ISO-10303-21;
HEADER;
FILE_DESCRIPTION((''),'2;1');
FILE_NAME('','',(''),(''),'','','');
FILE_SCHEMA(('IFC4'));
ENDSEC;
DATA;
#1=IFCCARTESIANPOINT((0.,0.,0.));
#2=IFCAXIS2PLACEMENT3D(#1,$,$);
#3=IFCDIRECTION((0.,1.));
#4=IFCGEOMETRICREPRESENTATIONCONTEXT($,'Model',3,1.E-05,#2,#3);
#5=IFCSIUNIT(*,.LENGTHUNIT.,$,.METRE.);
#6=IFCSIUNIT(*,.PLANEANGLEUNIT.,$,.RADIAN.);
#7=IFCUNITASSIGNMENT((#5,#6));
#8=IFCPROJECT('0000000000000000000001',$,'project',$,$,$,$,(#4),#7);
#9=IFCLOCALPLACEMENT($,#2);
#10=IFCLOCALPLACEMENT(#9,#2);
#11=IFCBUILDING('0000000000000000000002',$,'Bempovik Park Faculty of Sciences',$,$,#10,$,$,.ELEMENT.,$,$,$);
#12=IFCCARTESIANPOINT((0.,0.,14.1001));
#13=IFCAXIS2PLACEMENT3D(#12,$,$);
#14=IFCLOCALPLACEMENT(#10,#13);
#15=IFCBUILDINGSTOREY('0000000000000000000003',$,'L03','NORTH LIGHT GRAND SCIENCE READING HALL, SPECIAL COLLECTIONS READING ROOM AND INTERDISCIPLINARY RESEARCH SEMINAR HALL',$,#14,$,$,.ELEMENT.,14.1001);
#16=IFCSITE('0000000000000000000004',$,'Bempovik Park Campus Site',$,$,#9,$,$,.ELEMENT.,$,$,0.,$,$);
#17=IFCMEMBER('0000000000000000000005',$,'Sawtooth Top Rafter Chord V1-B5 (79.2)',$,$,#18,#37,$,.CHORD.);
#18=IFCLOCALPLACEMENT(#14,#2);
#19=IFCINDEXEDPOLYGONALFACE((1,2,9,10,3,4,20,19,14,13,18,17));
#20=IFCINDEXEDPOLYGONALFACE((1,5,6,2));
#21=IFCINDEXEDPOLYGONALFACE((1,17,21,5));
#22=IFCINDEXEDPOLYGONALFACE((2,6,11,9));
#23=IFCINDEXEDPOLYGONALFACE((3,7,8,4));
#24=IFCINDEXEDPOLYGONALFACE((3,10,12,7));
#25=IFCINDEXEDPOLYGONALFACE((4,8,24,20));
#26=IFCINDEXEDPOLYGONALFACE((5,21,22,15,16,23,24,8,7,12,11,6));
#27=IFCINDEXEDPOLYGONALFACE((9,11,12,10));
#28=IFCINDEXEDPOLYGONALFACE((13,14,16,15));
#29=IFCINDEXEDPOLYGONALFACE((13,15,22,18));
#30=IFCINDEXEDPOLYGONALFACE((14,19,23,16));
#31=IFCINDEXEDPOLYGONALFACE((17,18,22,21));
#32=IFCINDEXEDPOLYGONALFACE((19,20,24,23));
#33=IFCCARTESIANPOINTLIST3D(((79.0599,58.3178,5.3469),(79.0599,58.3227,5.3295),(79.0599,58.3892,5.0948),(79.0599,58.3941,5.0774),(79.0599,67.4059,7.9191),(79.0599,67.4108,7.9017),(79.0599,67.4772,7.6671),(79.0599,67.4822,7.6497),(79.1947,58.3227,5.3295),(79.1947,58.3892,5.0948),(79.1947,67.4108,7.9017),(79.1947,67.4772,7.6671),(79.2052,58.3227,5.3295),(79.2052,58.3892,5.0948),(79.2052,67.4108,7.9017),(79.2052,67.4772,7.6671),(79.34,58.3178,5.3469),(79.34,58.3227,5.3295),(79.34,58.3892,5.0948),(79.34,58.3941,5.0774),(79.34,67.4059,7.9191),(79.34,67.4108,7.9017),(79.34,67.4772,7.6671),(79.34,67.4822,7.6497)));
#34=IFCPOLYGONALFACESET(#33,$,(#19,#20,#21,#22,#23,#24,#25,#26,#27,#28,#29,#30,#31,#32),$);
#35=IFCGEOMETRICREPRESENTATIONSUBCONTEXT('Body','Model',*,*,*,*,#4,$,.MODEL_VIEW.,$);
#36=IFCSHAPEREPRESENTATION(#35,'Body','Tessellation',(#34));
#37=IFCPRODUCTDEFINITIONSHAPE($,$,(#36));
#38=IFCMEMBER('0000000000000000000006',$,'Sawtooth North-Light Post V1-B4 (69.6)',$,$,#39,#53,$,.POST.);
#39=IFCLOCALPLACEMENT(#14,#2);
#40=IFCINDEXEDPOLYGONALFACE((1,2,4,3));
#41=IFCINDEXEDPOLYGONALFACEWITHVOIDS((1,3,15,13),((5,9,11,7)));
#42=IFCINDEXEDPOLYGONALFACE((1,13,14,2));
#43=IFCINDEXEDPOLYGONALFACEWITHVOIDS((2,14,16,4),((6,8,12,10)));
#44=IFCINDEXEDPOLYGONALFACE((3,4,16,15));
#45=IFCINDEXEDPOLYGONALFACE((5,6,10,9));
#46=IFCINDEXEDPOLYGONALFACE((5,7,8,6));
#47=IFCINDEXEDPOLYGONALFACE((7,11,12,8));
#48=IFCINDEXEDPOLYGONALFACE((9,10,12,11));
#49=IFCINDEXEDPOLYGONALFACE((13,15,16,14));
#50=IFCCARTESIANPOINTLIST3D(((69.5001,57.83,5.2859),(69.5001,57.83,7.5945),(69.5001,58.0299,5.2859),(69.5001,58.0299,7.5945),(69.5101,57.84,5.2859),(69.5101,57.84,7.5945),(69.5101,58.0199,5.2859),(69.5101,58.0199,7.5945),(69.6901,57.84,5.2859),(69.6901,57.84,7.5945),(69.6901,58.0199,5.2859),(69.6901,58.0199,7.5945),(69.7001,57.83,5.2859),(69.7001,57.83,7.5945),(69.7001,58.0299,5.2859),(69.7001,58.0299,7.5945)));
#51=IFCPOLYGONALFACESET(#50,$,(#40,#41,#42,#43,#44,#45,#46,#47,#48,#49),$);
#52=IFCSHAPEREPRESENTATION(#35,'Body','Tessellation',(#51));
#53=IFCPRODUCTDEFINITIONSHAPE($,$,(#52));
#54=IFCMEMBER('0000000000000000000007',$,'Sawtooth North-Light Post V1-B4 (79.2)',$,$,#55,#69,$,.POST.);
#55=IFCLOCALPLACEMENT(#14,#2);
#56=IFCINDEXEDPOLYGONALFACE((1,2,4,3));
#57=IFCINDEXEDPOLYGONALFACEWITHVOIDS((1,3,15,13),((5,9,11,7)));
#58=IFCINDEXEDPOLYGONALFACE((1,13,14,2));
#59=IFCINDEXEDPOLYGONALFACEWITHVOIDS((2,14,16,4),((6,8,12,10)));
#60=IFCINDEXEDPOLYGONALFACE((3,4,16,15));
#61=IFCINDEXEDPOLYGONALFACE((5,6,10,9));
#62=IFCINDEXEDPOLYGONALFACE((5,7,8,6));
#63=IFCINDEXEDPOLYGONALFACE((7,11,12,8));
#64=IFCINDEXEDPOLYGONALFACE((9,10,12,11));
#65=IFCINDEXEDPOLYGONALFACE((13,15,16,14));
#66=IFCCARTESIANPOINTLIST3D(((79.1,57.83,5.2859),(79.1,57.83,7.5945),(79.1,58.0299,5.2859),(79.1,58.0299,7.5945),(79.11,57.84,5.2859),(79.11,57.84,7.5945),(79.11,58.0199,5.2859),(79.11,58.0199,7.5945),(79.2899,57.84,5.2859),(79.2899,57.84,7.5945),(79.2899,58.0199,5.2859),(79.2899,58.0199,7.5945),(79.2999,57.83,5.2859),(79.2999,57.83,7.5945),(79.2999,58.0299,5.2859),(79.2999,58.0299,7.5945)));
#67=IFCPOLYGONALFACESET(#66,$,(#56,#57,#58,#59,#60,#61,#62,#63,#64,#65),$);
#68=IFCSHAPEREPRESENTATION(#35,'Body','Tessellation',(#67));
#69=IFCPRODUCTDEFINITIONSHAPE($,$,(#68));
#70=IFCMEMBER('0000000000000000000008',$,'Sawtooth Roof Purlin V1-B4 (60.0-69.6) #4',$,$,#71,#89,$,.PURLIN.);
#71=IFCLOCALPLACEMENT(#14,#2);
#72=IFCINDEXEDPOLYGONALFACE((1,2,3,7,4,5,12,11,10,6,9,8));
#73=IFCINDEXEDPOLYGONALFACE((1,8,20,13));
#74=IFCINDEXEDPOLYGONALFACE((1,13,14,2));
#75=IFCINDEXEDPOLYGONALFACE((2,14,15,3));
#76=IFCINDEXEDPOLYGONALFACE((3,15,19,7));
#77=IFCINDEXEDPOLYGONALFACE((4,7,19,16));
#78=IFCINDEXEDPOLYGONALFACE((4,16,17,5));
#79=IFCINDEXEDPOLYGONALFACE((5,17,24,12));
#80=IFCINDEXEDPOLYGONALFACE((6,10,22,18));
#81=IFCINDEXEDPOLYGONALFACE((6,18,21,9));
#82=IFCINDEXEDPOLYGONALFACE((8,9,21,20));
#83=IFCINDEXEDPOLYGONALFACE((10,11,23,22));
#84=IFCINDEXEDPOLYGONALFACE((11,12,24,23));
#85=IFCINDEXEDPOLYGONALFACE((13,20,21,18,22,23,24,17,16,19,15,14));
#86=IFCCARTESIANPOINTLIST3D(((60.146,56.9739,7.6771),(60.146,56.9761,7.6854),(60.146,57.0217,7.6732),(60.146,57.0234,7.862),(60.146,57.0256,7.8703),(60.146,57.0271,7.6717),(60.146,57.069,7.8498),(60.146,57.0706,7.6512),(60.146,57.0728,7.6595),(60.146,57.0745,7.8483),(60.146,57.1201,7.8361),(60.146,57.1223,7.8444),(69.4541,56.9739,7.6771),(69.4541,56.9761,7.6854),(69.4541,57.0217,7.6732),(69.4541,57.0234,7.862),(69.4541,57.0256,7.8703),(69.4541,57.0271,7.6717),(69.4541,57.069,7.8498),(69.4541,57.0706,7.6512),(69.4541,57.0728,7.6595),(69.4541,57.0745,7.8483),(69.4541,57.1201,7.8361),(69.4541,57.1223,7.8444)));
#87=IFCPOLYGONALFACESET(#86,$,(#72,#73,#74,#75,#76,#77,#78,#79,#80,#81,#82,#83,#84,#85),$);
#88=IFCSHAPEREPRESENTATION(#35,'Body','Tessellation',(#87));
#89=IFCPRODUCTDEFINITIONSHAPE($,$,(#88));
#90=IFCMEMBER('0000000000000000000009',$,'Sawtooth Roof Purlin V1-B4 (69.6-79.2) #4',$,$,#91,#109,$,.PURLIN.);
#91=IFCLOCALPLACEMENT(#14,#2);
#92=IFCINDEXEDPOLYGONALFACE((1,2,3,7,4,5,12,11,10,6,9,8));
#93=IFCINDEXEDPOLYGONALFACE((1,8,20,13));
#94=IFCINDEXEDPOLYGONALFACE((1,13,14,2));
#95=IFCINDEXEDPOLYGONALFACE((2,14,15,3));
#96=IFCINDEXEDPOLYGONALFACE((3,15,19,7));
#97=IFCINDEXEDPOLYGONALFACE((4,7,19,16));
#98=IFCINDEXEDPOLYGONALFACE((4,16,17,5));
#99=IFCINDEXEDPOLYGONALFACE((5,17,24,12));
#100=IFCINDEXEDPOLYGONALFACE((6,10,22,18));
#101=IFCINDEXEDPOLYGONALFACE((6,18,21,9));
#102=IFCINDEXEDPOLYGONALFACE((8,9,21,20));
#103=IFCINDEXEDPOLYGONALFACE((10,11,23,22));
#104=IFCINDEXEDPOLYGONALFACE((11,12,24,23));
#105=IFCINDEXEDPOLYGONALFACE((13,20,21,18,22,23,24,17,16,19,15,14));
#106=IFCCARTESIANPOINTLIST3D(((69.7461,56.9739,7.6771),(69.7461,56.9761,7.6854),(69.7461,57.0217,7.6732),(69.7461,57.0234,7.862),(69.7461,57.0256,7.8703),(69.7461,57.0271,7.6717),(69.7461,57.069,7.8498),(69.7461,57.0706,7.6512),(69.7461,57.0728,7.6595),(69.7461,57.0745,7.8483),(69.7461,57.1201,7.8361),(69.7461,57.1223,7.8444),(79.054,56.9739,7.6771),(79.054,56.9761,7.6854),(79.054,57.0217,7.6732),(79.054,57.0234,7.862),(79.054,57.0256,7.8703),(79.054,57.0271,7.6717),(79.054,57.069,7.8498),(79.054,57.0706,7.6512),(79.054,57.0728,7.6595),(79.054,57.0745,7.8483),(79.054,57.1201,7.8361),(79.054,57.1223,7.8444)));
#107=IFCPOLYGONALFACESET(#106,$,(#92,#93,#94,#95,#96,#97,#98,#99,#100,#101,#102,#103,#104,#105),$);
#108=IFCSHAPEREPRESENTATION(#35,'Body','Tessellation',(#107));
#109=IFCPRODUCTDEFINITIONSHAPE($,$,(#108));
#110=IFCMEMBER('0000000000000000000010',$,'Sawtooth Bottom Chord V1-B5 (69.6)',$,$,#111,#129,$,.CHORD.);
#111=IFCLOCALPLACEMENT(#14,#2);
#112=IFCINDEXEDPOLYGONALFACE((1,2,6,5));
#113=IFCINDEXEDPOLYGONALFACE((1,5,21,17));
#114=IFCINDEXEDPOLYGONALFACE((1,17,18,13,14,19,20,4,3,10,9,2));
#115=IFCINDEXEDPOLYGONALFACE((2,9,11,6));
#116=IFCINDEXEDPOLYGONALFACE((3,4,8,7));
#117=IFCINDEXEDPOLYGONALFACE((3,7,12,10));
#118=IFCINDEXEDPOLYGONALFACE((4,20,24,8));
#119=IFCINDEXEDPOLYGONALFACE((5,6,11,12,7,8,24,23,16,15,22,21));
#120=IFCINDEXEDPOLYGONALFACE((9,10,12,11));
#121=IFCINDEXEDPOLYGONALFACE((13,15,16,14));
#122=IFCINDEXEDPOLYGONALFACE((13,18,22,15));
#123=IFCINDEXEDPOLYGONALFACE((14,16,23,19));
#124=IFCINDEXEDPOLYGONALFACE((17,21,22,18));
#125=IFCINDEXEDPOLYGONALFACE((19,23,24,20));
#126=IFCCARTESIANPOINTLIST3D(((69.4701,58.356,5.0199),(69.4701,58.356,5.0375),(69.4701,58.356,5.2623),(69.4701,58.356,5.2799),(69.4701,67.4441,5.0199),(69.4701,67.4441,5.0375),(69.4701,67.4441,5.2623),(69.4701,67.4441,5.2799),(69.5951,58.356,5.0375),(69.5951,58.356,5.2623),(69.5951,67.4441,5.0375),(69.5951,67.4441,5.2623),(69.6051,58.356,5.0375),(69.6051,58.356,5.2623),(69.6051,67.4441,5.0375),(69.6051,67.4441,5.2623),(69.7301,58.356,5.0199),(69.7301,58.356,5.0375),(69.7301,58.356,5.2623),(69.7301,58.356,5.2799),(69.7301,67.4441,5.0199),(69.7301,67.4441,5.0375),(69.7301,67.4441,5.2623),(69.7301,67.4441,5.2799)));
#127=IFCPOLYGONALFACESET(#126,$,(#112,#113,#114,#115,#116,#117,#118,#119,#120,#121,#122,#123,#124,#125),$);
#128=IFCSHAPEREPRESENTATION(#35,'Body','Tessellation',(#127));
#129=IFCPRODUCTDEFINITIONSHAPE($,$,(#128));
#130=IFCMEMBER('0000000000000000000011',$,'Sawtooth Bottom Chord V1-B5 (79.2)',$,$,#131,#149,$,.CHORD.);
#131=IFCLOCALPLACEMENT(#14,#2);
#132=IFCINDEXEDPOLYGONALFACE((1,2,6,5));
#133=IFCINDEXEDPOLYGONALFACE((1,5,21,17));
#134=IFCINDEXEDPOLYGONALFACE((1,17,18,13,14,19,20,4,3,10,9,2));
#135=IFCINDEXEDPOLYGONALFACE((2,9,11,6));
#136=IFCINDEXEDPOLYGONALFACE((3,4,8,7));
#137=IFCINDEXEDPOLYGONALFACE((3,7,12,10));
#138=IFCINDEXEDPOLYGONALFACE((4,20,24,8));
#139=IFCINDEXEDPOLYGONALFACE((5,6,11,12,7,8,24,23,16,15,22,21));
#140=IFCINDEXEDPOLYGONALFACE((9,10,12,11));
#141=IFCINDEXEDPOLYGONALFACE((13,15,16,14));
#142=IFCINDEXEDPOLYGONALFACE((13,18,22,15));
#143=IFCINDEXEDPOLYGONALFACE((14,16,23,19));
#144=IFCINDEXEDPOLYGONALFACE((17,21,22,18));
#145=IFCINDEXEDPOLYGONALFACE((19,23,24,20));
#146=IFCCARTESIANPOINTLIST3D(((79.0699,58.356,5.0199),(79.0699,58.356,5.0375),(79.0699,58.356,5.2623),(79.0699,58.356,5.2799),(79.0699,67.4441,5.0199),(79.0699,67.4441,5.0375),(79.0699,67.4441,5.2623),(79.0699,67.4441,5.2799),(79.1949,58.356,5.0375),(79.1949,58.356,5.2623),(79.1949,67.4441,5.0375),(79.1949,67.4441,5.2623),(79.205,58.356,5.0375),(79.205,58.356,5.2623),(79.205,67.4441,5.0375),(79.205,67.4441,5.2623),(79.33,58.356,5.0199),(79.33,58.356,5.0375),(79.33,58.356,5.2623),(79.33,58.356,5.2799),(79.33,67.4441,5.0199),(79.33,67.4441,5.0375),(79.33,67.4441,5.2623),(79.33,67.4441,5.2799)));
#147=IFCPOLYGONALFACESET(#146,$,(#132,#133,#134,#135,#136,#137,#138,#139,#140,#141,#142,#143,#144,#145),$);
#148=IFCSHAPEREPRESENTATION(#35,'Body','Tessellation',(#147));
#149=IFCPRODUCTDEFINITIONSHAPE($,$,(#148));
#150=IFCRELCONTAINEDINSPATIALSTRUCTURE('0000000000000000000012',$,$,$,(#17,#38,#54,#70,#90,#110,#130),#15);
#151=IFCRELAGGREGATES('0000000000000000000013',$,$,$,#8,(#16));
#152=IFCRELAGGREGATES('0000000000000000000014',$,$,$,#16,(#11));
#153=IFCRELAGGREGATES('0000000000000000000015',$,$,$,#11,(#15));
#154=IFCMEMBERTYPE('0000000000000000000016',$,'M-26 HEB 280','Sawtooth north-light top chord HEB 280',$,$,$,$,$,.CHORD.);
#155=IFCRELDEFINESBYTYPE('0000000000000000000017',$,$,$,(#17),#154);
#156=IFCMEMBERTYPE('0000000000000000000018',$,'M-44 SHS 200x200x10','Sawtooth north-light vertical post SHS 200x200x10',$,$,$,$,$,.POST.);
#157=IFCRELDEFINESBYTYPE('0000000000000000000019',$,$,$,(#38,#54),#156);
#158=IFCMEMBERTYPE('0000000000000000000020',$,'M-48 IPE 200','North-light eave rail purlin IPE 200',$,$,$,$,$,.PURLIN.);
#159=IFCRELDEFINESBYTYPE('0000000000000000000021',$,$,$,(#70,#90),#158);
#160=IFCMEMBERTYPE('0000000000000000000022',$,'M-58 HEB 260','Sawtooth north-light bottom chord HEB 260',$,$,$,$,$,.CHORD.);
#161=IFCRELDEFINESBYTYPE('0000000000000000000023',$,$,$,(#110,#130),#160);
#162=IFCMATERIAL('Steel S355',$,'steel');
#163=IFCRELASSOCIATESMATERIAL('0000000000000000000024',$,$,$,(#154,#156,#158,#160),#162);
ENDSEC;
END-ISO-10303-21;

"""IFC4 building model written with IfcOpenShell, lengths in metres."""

from ifc_helpers import new_model, si_unit, direction, frame, origin, origin_2d, place, context, subcontext, project, spatial, hollow_rectangle, i_section, extrude, material, material_profile, profile_set, type_object, element, save


model = new_model("IFC4")

# Units and contexts
model_context = context("Model", 3, precision=1e-05, world=origin(), true_north=direction((0.0, 1.0)))
body_context = subcontext(model_context, "Body", "Model", "MODEL_VIEW")
ifc_project = project(units=[si_unit("LENGTHUNIT", "METRE"), si_unit("PLANEANGLEUNIT", "RADIAN")], contexts=[model_context])

# Site, building, storey
site_placement = place(None, origin())
site = spatial("IfcSite", under=ifc_project, at=site_placement, Name="Bempovik Park Campus Site", CompositionType="ELEMENT", RefElevation=0.0)
building_placement = place(site_placement, origin())
building = spatial("IfcBuilding", under=site, at=building_placement, Name="Bempovik Park Faculty of Sciences", CompositionType="ELEMENT")
storey_placement = place(building_placement, frame((0.0, 0.0, 14.1001)))
storey = spatial("IfcBuildingStorey", under=building, at=storey_placement, Name="L03", Description="NORTH LIGHT GRAND SCIENCE READING HALL, SPECIAL COLLECTIONS READING ROOM AND INTERDISCIPLINARY RESEARCH SEMINAR HALL", CompositionType="ELEMENT", Elevation=14.1001)

# Shared definitions
ifc_material_1 = material(Name="Steel S355", Category="steel")

# Members
ifc_material_profile_1 = material_profile(ifc_material_1, i_section(OverallWidth=0.28, OverallDepth=0.28, WebThickness=0.0105, FlangeThickness=0.0181, at=origin_2d()), Name="HEB 280")
ifc_profile_set_1 = profile_set([ifc_material_profile_1], Name="Steel S355")
member_type_1 = type_object("IfcMemberType", Name="M-26 HEB 280", Description="Sawtooth north-light top chord HEB 280", PredefinedType="CHORD", material=ifc_profile_set_1)
for number, where, z_axis, x_axis, name in (
    (1, (79.2, 58.356, 5.2122), (0.0, 0.962202, 0.272337), (-1.0, 0.0, 0.0), "Sawtooth Top Rafter Chord V1-B5 (79.2)"),
):
    element("IfcMember", number, at=place(storey_placement, frame(where, z_axis=z_axis, x_axis=x_axis)), inside=storey, type_object=member_type_1, Name=name, PredefinedType="CHORD", context=body_context, shape_type="SweptSolid", body=[
        extrude(i_section(OverallWidth=0.28, OverallDepth=0.28, WebThickness=0.0105, FlangeThickness=0.0181, at=origin_2d()), origin(), (0.0, 0.0, 1.0), 9.4451),
    ])
ifc_material_profile_2 = material_profile(ifc_material_1, hollow_rectangle(XDim=0.2, YDim=0.2, WallThickness=0.01, at=origin_2d()), Name="SHS 200x200x10")
ifc_profile_set_2 = profile_set([ifc_material_profile_2], Name="Steel S355")
member_type_2 = type_object("IfcMemberType", Name="M-44 SHS 200x200x10", Description="Sawtooth north-light vertical post SHS 200x200x10", PredefinedType="POST", material=ifc_profile_set_2)
for number, where, z_axis, x_axis, name in (
    (2, (69.6001, 57.9299, 5.2859), (0.0, 0.0, 1.0), (1.0, 0.0, 0.0), "Sawtooth North-Light Post V1-B4 (69.6)"),
    (3, (79.2, 57.9299, 5.2859), (0.0, 0.0, 1.0), (1.0, 0.0, 0.0), "Sawtooth North-Light Post V1-B4 (79.2)"),
):
    element("IfcMember", number, at=place(storey_placement, frame(where, z_axis=z_axis, x_axis=x_axis)), inside=storey, type_object=member_type_2, Name=name, PredefinedType="POST", context=body_context, shape_type="SweptSolid", body=[
        extrude(hollow_rectangle(XDim=0.2, YDim=0.2, WallThickness=0.01, at=origin_2d()), origin(), (0.0, 0.0, 1.0), 2.3086),
    ])
ifc_material_profile_3 = material_profile(ifc_material_1, i_section(OverallWidth=0.1001, OverallDepth=0.2, WebThickness=0.0056, FlangeThickness=0.0085, at=origin_2d()), Name="IPE 200")
ifc_profile_set_3 = profile_set([ifc_material_profile_3], Name="Steel S355")
member_type_3 = type_object("IfcMemberType", Name="M-48 IPE 200", Description="North-light eave rail purlin IPE 200", PredefinedType="PURLIN", material=ifc_profile_set_3)
member_1_placement = place(storey_placement, frame((60.146, 57.0481, 7.7607), z_axis=(1.0, 0.0, 0.0), x_axis=(0.0, 0.965926, -0.258819)))
element("IfcMember", 4, at=member_1_placement, inside=storey, type_object=member_type_3, Name="Sawtooth Roof Purlin V1-B4 (60.0-69.6) #4", PredefinedType="PURLIN", context=body_context, shape_type="SweptSolid", body=[
    extrude(i_section(OverallWidth=0.1001, OverallDepth=0.2, WebThickness=0.0056, FlangeThickness=0.0085, at=origin_2d()), origin(), (0.0, 0.0, 1.0), 9.3081),
])
member_2_placement = place(storey_placement, frame((69.7461, 57.0481, 7.7607), z_axis=(1.0, 0.0, 0.0), x_axis=(0.0, 0.965926, -0.258819)))
element("IfcMember", 5, at=member_2_placement, inside=storey, type_object=member_type_3, Name="Sawtooth Roof Purlin V1-B4 (69.6-79.2) #4", PredefinedType="PURLIN", context=body_context, shape_type="SweptSolid", body=[
    extrude(i_section(OverallWidth=0.1001, OverallDepth=0.2, WebThickness=0.0056, FlangeThickness=0.0085, at=origin_2d()), origin(), (0.0, 0.0, 1.0), 9.3079),
])
ifc_material_profile_4 = material_profile(ifc_material_1, i_section(OverallWidth=0.26, OverallDepth=0.26, WebThickness=0.01, FlangeThickness=0.0176, at=origin_2d()), Name="HEB 260")
ifc_profile_set_4 = profile_set([ifc_material_profile_4], Name="Steel S355")
member_type_4 = type_object("IfcMemberType", Name="M-58 HEB 260", Description="Sawtooth north-light bottom chord HEB 260", PredefinedType="CHORD", material=ifc_profile_set_4)
for number, where, z_axis, x_axis, name in (
    (6, (69.6001, 58.356, 5.1499), (0.0, 1.0, 0.0), (-1.0, 0.0, 0.0), "Sawtooth Bottom Chord V1-B5 (69.6)"),
    (7, (79.2, 58.356, 5.1499), (0.0, 1.0, 0.0), (-1.0, 0.0, 0.0), "Sawtooth Bottom Chord V1-B5 (79.2)"),
):
    element("IfcMember", number, at=place(storey_placement, frame(where, z_axis=z_axis, x_axis=x_axis)), inside=storey, type_object=member_type_4, Name=name, PredefinedType="CHORD", context=body_context, shape_type="SweptSolid", body=[
        extrude(i_section(OverallWidth=0.26, OverallDepth=0.26, WebThickness=0.01, FlangeThickness=0.0176, at=origin_2d()), origin(), (0.0, 0.0, 1.0), 9.0881),
    ])

save(model, "model.ifc")
